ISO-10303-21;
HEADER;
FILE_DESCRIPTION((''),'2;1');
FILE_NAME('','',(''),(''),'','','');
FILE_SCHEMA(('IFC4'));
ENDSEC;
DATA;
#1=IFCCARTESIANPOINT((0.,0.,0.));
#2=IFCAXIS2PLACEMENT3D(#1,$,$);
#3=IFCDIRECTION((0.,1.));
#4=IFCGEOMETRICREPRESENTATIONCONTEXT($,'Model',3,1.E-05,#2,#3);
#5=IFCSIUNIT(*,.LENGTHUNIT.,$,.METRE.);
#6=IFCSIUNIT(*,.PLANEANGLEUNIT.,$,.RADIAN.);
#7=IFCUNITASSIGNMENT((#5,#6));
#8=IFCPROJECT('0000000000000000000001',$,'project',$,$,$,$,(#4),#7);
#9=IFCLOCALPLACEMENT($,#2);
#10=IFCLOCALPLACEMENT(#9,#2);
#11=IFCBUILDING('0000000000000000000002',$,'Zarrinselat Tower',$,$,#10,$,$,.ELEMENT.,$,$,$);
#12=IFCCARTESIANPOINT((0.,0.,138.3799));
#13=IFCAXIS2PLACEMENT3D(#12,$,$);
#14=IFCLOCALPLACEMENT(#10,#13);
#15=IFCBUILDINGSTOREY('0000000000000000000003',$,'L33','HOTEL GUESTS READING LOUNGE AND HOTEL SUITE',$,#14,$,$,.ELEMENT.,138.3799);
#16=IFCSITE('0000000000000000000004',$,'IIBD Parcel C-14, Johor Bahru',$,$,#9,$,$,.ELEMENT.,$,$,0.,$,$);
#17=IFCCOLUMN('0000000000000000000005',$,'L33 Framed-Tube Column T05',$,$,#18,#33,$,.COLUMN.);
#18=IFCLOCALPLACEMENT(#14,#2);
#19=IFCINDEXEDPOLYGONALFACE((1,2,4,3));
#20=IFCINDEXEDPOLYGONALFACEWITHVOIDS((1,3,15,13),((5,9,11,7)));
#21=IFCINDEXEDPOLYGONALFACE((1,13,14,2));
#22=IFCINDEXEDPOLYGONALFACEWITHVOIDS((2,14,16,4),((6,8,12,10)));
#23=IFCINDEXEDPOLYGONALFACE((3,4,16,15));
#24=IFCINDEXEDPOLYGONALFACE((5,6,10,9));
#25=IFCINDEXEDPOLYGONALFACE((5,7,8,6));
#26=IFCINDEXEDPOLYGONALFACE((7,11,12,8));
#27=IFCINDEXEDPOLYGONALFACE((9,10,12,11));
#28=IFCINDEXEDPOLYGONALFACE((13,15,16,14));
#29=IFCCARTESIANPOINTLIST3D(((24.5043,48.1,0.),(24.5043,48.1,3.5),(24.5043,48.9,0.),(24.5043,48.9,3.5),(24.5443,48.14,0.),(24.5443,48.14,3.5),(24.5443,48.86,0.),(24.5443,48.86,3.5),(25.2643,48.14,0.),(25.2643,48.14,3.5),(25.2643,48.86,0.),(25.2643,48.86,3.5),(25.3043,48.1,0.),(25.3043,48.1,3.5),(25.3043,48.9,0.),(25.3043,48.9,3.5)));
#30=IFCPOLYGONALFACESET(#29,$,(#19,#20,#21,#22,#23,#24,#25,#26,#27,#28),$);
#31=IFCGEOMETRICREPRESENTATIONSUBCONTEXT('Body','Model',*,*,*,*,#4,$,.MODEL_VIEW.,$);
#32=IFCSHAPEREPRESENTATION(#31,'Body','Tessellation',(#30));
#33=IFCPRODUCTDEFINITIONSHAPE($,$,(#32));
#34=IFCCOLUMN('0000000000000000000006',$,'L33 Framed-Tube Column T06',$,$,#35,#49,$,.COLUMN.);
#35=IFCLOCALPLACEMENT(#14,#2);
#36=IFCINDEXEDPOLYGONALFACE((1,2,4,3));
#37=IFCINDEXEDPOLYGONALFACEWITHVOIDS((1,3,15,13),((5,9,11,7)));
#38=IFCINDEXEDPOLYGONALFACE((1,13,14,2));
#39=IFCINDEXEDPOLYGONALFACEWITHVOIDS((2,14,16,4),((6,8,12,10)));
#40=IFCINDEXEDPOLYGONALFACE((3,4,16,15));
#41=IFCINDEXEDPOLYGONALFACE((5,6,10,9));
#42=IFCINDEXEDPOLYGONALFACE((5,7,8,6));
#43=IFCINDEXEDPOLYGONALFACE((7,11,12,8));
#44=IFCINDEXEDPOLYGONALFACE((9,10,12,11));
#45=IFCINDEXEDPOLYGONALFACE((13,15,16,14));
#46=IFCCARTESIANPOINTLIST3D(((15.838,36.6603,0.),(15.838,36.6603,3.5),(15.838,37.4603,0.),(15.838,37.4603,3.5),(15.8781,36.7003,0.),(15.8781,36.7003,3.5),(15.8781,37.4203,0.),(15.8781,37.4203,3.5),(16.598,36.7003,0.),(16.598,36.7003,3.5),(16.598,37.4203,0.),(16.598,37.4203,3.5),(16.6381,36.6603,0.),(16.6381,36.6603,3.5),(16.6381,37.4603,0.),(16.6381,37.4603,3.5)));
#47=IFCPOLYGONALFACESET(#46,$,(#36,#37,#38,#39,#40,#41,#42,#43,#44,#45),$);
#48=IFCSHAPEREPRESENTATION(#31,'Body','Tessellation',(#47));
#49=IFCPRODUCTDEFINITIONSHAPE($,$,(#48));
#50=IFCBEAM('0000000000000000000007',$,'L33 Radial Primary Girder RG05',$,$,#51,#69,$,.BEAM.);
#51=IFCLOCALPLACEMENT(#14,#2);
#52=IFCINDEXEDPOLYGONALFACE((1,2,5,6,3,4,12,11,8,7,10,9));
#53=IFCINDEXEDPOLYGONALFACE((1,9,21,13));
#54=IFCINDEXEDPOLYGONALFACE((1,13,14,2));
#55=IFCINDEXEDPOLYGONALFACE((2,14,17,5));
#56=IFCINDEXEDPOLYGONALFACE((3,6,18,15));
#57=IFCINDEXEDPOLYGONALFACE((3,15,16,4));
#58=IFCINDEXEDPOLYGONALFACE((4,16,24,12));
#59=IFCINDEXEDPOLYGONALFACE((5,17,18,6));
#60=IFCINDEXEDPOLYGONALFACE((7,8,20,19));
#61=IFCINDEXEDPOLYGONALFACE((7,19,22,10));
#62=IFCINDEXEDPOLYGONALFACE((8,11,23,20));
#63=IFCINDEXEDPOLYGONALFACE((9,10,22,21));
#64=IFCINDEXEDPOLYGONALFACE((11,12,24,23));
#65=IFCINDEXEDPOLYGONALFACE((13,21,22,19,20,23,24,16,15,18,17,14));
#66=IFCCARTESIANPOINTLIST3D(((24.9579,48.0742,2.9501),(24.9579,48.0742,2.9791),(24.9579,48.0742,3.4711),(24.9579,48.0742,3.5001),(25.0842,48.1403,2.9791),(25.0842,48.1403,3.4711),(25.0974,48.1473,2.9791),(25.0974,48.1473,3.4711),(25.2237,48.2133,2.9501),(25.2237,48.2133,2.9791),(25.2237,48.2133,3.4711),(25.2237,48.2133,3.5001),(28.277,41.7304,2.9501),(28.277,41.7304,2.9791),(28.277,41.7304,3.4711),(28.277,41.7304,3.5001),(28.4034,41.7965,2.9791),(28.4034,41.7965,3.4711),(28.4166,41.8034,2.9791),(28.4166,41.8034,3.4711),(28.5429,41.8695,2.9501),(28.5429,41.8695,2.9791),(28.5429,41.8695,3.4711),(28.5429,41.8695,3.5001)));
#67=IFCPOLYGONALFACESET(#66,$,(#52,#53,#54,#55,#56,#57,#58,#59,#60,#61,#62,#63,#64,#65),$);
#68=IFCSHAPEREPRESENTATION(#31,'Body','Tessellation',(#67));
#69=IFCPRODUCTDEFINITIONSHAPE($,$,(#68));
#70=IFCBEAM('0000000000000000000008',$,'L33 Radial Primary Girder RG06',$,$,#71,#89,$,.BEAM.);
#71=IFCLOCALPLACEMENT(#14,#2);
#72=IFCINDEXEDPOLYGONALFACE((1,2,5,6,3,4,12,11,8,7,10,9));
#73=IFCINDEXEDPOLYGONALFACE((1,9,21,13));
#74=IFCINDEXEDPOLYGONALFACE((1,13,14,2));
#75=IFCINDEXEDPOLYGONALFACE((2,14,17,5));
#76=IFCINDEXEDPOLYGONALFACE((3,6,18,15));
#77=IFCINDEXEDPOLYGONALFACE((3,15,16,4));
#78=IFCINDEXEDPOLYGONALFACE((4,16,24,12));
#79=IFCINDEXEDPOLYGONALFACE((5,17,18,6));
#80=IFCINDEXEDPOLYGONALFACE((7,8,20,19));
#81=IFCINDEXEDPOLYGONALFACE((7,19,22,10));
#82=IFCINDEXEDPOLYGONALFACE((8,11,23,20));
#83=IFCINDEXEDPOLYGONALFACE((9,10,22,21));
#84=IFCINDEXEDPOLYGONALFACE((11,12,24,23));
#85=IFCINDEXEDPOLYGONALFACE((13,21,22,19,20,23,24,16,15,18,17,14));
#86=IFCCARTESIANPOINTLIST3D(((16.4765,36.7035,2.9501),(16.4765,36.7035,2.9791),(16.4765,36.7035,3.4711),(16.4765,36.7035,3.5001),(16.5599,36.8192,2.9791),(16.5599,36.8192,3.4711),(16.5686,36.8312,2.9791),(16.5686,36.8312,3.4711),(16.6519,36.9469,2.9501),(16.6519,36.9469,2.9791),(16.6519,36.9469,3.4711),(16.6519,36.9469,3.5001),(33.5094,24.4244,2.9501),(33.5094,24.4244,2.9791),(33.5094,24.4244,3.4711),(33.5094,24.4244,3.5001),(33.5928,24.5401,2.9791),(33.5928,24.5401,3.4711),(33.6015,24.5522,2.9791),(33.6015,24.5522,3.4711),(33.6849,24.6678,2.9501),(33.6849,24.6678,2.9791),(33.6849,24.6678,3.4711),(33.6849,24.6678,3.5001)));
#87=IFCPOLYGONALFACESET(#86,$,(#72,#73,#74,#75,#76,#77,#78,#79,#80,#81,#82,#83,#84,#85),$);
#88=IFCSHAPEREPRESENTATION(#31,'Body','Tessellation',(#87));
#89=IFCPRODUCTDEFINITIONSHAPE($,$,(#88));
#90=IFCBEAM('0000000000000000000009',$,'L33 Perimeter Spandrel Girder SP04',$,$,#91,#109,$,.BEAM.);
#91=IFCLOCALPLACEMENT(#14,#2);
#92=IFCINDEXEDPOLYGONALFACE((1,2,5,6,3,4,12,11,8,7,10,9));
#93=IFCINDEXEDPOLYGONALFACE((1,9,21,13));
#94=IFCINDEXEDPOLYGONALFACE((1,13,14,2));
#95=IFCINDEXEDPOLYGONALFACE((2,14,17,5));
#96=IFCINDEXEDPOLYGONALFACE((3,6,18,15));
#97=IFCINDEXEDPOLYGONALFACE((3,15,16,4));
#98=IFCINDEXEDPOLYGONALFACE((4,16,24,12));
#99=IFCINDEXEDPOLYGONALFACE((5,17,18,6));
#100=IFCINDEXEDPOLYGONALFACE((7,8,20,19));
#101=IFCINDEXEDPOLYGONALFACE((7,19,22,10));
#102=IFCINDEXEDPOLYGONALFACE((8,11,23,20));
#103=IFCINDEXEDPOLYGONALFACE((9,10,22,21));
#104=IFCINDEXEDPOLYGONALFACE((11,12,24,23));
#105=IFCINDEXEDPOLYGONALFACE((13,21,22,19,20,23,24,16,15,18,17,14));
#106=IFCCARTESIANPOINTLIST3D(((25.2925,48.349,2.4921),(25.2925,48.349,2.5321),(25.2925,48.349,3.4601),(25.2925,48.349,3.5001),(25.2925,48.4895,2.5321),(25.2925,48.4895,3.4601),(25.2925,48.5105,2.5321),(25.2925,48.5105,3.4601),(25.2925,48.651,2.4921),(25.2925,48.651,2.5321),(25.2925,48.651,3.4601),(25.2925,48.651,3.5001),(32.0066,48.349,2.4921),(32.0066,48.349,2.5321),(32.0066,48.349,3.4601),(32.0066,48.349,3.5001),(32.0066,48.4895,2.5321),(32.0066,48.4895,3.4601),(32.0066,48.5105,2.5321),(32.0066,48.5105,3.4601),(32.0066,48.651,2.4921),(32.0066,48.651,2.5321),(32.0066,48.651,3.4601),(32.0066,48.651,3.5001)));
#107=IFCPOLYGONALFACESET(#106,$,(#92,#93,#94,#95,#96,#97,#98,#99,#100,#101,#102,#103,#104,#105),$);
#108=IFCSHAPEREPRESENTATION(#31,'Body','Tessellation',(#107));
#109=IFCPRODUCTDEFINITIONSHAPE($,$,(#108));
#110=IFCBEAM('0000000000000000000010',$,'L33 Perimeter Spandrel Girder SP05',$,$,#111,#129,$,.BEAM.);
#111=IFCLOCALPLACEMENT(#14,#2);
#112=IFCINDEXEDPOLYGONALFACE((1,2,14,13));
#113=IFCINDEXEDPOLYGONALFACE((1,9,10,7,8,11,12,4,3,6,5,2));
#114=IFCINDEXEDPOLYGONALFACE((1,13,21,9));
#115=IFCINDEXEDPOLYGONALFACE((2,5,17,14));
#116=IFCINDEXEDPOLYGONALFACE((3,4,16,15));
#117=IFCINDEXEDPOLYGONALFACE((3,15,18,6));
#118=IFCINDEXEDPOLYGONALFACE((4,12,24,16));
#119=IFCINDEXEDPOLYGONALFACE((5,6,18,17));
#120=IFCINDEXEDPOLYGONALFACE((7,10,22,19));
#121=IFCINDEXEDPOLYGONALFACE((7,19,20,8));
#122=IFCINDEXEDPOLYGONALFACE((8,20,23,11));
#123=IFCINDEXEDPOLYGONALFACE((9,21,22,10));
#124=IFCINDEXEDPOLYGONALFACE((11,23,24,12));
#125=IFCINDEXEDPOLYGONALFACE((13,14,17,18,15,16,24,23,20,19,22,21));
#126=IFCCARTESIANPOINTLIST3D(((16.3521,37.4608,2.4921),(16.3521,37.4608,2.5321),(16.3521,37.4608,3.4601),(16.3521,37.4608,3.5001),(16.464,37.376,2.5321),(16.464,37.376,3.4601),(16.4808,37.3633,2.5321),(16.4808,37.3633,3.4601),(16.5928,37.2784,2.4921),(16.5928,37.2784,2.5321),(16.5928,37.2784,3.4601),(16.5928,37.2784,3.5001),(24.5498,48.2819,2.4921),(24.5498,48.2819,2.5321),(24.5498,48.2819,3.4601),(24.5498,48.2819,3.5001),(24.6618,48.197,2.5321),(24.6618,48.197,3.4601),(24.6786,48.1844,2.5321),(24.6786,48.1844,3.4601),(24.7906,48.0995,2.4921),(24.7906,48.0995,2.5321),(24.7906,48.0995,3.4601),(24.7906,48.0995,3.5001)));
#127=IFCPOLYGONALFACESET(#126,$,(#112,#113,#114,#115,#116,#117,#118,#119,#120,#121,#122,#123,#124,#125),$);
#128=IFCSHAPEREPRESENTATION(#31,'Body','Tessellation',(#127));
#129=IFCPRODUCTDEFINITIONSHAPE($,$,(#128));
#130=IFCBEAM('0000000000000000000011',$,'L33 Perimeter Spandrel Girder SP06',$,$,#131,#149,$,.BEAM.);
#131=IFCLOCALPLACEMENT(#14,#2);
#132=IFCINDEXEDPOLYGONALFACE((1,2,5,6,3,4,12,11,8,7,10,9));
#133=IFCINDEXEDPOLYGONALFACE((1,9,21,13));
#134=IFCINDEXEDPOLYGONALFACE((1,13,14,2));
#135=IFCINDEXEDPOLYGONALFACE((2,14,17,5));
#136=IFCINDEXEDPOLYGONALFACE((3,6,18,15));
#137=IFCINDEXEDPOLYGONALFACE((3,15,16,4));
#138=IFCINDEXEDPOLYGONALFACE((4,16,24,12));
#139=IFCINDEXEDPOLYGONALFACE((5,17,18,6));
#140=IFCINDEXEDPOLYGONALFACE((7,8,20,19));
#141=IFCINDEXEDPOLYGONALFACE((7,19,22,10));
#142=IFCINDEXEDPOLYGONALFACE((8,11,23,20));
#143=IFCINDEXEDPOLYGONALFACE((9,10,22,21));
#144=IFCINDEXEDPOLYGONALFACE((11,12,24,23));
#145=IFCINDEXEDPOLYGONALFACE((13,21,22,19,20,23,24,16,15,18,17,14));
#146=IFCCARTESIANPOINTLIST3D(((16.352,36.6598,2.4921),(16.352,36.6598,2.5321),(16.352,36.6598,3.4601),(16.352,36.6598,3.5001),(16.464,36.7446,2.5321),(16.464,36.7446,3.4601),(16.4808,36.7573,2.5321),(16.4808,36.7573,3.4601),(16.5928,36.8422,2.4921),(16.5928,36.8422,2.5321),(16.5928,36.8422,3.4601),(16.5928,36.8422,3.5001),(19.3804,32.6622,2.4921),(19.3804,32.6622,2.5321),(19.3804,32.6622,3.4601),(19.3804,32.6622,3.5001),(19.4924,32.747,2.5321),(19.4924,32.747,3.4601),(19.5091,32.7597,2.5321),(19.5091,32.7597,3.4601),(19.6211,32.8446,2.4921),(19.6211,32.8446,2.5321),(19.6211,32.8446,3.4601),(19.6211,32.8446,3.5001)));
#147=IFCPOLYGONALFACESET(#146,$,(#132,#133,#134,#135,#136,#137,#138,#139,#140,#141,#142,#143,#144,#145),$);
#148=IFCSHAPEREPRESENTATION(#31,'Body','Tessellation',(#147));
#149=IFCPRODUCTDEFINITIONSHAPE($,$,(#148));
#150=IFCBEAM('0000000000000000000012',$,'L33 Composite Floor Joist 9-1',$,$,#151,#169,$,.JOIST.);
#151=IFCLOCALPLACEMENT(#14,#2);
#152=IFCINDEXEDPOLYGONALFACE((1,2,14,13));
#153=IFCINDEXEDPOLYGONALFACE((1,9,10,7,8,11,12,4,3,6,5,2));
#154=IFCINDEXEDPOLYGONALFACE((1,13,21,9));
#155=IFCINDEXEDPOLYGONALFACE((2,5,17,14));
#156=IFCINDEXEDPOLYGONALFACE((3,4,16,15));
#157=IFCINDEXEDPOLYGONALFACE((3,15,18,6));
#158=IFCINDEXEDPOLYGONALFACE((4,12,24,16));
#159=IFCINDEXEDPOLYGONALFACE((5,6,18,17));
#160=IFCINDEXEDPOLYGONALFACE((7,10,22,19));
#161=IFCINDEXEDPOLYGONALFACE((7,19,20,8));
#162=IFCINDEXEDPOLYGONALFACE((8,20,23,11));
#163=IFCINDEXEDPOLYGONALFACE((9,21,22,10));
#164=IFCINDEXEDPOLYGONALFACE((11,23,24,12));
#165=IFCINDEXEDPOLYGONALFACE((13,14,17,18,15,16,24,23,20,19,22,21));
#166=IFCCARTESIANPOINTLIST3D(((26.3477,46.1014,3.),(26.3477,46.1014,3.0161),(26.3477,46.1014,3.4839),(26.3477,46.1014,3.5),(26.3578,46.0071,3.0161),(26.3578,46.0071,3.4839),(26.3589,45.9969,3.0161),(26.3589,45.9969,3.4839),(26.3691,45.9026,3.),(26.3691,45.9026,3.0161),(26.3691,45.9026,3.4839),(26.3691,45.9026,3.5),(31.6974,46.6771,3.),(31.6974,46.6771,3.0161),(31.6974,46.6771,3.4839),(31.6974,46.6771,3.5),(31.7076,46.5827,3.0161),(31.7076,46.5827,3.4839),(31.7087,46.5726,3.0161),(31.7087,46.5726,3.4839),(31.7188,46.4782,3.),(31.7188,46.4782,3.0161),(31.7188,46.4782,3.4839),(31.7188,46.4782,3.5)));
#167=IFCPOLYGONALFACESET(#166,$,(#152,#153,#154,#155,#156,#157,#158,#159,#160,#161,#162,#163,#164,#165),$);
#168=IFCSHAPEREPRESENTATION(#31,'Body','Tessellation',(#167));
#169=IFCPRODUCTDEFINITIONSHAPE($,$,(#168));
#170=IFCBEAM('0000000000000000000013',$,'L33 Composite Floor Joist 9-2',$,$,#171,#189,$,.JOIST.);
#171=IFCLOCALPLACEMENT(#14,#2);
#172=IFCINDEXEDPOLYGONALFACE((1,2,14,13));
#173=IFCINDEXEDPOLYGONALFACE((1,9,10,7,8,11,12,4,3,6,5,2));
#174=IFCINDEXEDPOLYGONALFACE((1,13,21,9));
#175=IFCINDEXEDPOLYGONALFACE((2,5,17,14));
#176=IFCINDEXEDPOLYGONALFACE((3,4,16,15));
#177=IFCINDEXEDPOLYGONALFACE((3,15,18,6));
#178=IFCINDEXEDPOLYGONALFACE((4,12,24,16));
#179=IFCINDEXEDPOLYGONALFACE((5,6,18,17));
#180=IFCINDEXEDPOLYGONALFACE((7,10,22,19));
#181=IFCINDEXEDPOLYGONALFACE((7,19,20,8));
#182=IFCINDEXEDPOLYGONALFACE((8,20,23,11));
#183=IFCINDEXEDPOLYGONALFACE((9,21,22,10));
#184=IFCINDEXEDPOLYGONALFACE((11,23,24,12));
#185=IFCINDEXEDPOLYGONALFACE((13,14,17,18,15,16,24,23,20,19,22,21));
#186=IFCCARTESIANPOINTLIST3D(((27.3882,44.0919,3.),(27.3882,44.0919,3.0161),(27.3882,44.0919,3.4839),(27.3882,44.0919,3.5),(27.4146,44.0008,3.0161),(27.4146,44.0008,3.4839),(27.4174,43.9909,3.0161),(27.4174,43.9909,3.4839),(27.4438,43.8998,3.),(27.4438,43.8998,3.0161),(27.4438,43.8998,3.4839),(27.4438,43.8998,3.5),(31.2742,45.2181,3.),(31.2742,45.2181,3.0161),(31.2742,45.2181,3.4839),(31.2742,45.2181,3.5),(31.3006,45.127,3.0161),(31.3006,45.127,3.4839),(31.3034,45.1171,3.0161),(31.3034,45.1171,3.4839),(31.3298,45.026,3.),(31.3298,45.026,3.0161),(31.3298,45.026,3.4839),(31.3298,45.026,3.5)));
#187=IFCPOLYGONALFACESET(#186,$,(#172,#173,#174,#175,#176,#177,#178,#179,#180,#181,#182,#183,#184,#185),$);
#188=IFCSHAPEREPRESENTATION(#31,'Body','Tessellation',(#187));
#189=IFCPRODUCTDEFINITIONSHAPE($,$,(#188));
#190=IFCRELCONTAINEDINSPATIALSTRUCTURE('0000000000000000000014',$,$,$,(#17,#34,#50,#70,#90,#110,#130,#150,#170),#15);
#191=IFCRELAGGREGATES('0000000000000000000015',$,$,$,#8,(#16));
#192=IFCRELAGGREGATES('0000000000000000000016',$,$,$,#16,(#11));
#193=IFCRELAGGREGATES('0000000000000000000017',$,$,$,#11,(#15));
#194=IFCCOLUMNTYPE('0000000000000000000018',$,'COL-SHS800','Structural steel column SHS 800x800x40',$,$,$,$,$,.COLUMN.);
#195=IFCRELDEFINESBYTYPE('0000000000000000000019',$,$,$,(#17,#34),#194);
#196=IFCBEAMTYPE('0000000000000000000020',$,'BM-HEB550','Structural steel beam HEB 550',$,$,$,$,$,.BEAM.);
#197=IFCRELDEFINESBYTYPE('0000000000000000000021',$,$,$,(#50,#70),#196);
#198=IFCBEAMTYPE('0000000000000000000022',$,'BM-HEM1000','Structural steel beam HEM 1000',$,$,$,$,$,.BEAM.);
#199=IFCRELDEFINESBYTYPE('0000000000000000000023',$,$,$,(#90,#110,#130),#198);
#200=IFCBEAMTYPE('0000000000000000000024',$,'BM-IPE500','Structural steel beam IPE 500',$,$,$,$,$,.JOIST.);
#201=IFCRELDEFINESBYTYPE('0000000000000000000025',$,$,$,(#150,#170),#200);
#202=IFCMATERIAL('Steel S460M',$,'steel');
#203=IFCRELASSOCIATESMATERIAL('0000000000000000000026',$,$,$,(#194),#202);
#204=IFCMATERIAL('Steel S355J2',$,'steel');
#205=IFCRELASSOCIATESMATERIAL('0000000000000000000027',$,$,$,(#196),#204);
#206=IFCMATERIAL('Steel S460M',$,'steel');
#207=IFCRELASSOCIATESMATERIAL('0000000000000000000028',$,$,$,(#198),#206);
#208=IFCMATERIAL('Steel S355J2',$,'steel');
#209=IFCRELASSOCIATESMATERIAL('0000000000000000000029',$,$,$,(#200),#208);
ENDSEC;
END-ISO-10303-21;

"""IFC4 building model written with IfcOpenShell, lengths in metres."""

from ifc_helpers import new_model, si_unit, direction, frame, origin, origin_2d, place, context, subcontext, project, spatial, hollow_rectangle, i_section, extrude, material, material_profile, profile_set, type_object, element, save


model = new_model("IFC4")

# Units and contexts
model_context = context("Model", 3, precision=1e-05, world=origin(), true_north=direction((0.0, 1.0)))
body_context = subcontext(model_context, "Body", "Model", "MODEL_VIEW")
ifc_project = project(units=[si_unit("LENGTHUNIT", "METRE"), si_unit("PLANEANGLEUNIT", "RADIAN")], contexts=[model_context])

# Site, building, storey
site_placement = place(None, origin())
site = spatial("IfcSite", under=ifc_project, at=site_placement, Name="IIBD Parcel C-14, Johor Bahru", CompositionType="ELEMENT", RefElevation=0.0)
building_placement = place(site_placement, origin())
building = spatial("IfcBuilding", under=site, at=building_placement, Name="Zarrinselat Tower", CompositionType="ELEMENT")
storey_placement = place(building_placement, frame((0.0, 0.0, 138.3799)))
storey = spatial("IfcBuildingStorey", under=building, at=storey_placement, Name="L33", Description="HOTEL GUESTS READING LOUNGE AND HOTEL SUITE", CompositionType="ELEMENT", Elevation=138.3799)

# Columns
ifc_material_1 = material(Name="Steel S460M", Category="steel")
ifc_material_profile_1 = material_profile(ifc_material_1, hollow_rectangle(XDim=0.8, YDim=0.8, WallThickness=0.04, at=origin_2d()), Name="SHS 800x800x40")
ifc_profile_set_1 = profile_set([ifc_material_profile_1], Name="Steel S460M")
column_type = type_object("IfcColumnType", Name="COL-SHS800", Description="Structural steel column SHS 800x800x40", PredefinedType="COLUMN", material=ifc_profile_set_1)
for number, where, z_axis, x_axis, name in (
    (1, (24.9043, 48.5, 0.0), (0.0, 0.0, 1.0), (1.0, 0.0, 0.0), "L33 Framed-Tube Column T05"),
    (2, (16.238, 37.0603, 0.0), (0.0, 0.0, 1.0), (1.0, 0.0, 0.0), "L33 Framed-Tube Column T06"),
):
    element("IfcColumn", number, at=place(storey_placement, frame(where, z_axis=z_axis, x_axis=x_axis)), inside=storey, type_object=column_type, Name=name, PredefinedType="COLUMN", context=body_context, shape_type="SweptSolid", body=[
        extrude(hollow_rectangle(XDim=0.8, YDim=0.8, WallThickness=0.04, at=origin_2d()), origin(), (0.0, 0.0, 1.0), 3.5),
    ])

# Beams
ifc_material_2 = material(Name="Steel S355J2", Category="steel")
ifc_material_profile_2 = material_profile(ifc_material_2, i_section(OverallWidth=0.3, OverallDepth=0.55, WebThickness=0.0149, FlangeThickness=0.0291, at=origin_2d()), Name="HEB 550")
ifc_profile_set_2 = profile_set([ifc_material_profile_2], Name="Steel S355J2")
beam_type_1 = type_object("IfcBeamType", Name="BM-HEB550", Description="Structural steel beam HEB 550", PredefinedType="BEAM", material=ifc_profile_set_2)
beam_1_placement = place(storey_placement, frame((25.0908, 48.1438, 3.2251), z_axis=(0.463588, -0.886051, 0.0), x_axis=(0.886051, 0.463588, 0.0)))
element("IfcBeam", 3, at=beam_1_placement, inside=storey, type_object=beam_type_1, Name="L33 Radial Primary Girder RG05", PredefinedType="BEAM", context=body_context, shape_type="SweptSolid", body=[
    extrude(i_section(OverallWidth=0.3, OverallDepth=0.55, WebThickness=0.0149, FlangeThickness=0.0291, at=origin_2d()), origin(), (0.0, 0.0, 1.0), 7.1597),
])
beam_2_placement = place(storey_placement, frame((16.5642, 36.8252, 3.2251), z_axis=(0.811188, -0.584785, 0.0), x_axis=(0.584785, 0.811188, 0.0)))
element("IfcBeam", 4, at=beam_2_placement, inside=storey, type_object=beam_type_1, Name="L33 Radial Primary Girder RG06", PredefinedType="BEAM", context=body_context, shape_type="SweptSolid", body=[
    extrude(i_section(OverallWidth=0.3, OverallDepth=0.55, WebThickness=0.0149, FlangeThickness=0.0291, at=origin_2d()), origin(), (0.0, 0.0, 1.0), 20.9976),
])
ifc_material_3 = material(Name="Steel S460M", Category="steel")
ifc_material_profile_3 = material_profile(ifc_material_3, i_section(OverallWidth=0.302, OverallDepth=1.0081, WebThickness=0.021, FlangeThickness=0.04, at=origin_2d()), Name="HEM 1000")
ifc_profile_set_3 = profile_set([ifc_material_profile_3], Name="Steel S460M")
beam_type_2 = type_object("IfcBeamType", Name="BM-HEM1000", Description="Structural steel beam HEM 1000", PredefinedType="BEAM", material=ifc_profile_set_3)
beam_3_placement = place(storey_placement, frame((25.2925, 48.5, 2.9961), z_axis=(1.0, 0.0, 0.0), x_axis=(0.0, 1.0, 0.0)))
element("IfcBeam", 5, at=beam_3_placement, inside=storey, type_object=beam_type_2, Name="L33 Perimeter Spandrel Girder SP04", PredefinedType="BEAM", context=body_context, shape_type="SweptSolid", body=[
    extrude(i_section(OverallWidth=0.302, OverallDepth=1.0081, WebThickness=0.021, FlangeThickness=0.04, at=origin_2d()), origin(), (0.0, 0.0, 1.0), 6.7141),
])
beam_4_placement = place(storey_placement, frame((16.4724, 37.3696, 2.9961), z_axis=(0.603857, 0.797092, 0.0), x_axis=(-0.797092, 0.603857, 0.0)))
element("IfcBeam", 6, at=beam_4_placement, inside=storey, type_object=beam_type_2, Name="L33 Perimeter Spandrel Girder SP05", PredefinedType="BEAM", context=body_context, shape_type="SweptSolid", body=[
    extrude(i_section(OverallWidth=0.302, OverallDepth=1.0081, WebThickness=0.021, FlangeThickness=0.04, at=origin_2d()), origin(), (0.0, 0.0, 1.0), 13.5757),
])
beam_5_placement = place(storey_placement, frame((16.4724, 36.751, 2.9961), z_axis=(0.603841, -0.797105, 0.0), x_axis=(0.797105, 0.603841, 0.0)))
element("IfcBeam", 7, at=beam_5_placement, inside=storey, type_object=beam_type_2, Name="L33 Perimeter Spandrel Girder SP06", PredefinedType="BEAM", context=body_context, shape_type="SweptSolid", body=[
    extrude(i_section(OverallWidth=0.302, OverallDepth=1.0081, WebThickness=0.021, FlangeThickness=0.04, at=origin_2d()), origin(), (0.0, 0.0, 1.0), 5.0151),
])
ifc_material_4 = material(Name="Steel S355J2", Category="steel")
ifc_material_profile_4 = material_profile(ifc_material_4, i_section(OverallWidth=0.2, OverallDepth=0.5, WebThickness=0.0103, FlangeThickness=0.0161, at=origin_2d()), Name="IPE 500")
ifc_profile_set_4 = profile_set([ifc_material_profile_4], Name="Steel S355J2")
beam_type_3 = type_object("IfcBeamType", Name="BM-IPE500", Description="Structural steel beam IPE 500", PredefinedType="JOIST", material=ifc_profile_set_4)
beam_6_placement = place(storey_placement, frame((26.3584, 46.002, 3.25), z_axis=(0.99426, 0.106995, 0.0), x_axis=(-0.106995, 0.99426, 0.0)))
element("IfcBeam", 8, at=beam_6_placement, inside=storey, type_object=beam_type_3, Name="L33 Composite Floor Joist 9-1", PredefinedType="JOIST", context=body_context, shape_type="SweptSolid", body=[
    extrude(i_section(OverallWidth=0.2, OverallDepth=0.5, WebThickness=0.0103, FlangeThickness=0.0161, at=origin_2d()), origin(), (0.0, 0.0, 1.0), 5.3806),
])
beam_7_placement = place(storey_placement, frame((27.416, 43.9958, 3.25), z_axis=(0.960476, 0.278361, 0.0), x_axis=(-0.278361, 0.960476, 0.0)))
element("IfcBeam", 9, at=beam_7_placement, inside=storey, type_object=beam_type_3, Name="L33 Composite Floor Joist 9-2", PredefinedType="JOIST", context=body_context, shape_type="SweptSolid", body=[
    extrude(i_section(OverallWidth=0.2, OverallDepth=0.5, WebThickness=0.0103, FlangeThickness=0.0161, at=origin_2d()), origin(), (0.0, 0.0, 1.0), 4.0459),
])

save(model, "model.ifc")
